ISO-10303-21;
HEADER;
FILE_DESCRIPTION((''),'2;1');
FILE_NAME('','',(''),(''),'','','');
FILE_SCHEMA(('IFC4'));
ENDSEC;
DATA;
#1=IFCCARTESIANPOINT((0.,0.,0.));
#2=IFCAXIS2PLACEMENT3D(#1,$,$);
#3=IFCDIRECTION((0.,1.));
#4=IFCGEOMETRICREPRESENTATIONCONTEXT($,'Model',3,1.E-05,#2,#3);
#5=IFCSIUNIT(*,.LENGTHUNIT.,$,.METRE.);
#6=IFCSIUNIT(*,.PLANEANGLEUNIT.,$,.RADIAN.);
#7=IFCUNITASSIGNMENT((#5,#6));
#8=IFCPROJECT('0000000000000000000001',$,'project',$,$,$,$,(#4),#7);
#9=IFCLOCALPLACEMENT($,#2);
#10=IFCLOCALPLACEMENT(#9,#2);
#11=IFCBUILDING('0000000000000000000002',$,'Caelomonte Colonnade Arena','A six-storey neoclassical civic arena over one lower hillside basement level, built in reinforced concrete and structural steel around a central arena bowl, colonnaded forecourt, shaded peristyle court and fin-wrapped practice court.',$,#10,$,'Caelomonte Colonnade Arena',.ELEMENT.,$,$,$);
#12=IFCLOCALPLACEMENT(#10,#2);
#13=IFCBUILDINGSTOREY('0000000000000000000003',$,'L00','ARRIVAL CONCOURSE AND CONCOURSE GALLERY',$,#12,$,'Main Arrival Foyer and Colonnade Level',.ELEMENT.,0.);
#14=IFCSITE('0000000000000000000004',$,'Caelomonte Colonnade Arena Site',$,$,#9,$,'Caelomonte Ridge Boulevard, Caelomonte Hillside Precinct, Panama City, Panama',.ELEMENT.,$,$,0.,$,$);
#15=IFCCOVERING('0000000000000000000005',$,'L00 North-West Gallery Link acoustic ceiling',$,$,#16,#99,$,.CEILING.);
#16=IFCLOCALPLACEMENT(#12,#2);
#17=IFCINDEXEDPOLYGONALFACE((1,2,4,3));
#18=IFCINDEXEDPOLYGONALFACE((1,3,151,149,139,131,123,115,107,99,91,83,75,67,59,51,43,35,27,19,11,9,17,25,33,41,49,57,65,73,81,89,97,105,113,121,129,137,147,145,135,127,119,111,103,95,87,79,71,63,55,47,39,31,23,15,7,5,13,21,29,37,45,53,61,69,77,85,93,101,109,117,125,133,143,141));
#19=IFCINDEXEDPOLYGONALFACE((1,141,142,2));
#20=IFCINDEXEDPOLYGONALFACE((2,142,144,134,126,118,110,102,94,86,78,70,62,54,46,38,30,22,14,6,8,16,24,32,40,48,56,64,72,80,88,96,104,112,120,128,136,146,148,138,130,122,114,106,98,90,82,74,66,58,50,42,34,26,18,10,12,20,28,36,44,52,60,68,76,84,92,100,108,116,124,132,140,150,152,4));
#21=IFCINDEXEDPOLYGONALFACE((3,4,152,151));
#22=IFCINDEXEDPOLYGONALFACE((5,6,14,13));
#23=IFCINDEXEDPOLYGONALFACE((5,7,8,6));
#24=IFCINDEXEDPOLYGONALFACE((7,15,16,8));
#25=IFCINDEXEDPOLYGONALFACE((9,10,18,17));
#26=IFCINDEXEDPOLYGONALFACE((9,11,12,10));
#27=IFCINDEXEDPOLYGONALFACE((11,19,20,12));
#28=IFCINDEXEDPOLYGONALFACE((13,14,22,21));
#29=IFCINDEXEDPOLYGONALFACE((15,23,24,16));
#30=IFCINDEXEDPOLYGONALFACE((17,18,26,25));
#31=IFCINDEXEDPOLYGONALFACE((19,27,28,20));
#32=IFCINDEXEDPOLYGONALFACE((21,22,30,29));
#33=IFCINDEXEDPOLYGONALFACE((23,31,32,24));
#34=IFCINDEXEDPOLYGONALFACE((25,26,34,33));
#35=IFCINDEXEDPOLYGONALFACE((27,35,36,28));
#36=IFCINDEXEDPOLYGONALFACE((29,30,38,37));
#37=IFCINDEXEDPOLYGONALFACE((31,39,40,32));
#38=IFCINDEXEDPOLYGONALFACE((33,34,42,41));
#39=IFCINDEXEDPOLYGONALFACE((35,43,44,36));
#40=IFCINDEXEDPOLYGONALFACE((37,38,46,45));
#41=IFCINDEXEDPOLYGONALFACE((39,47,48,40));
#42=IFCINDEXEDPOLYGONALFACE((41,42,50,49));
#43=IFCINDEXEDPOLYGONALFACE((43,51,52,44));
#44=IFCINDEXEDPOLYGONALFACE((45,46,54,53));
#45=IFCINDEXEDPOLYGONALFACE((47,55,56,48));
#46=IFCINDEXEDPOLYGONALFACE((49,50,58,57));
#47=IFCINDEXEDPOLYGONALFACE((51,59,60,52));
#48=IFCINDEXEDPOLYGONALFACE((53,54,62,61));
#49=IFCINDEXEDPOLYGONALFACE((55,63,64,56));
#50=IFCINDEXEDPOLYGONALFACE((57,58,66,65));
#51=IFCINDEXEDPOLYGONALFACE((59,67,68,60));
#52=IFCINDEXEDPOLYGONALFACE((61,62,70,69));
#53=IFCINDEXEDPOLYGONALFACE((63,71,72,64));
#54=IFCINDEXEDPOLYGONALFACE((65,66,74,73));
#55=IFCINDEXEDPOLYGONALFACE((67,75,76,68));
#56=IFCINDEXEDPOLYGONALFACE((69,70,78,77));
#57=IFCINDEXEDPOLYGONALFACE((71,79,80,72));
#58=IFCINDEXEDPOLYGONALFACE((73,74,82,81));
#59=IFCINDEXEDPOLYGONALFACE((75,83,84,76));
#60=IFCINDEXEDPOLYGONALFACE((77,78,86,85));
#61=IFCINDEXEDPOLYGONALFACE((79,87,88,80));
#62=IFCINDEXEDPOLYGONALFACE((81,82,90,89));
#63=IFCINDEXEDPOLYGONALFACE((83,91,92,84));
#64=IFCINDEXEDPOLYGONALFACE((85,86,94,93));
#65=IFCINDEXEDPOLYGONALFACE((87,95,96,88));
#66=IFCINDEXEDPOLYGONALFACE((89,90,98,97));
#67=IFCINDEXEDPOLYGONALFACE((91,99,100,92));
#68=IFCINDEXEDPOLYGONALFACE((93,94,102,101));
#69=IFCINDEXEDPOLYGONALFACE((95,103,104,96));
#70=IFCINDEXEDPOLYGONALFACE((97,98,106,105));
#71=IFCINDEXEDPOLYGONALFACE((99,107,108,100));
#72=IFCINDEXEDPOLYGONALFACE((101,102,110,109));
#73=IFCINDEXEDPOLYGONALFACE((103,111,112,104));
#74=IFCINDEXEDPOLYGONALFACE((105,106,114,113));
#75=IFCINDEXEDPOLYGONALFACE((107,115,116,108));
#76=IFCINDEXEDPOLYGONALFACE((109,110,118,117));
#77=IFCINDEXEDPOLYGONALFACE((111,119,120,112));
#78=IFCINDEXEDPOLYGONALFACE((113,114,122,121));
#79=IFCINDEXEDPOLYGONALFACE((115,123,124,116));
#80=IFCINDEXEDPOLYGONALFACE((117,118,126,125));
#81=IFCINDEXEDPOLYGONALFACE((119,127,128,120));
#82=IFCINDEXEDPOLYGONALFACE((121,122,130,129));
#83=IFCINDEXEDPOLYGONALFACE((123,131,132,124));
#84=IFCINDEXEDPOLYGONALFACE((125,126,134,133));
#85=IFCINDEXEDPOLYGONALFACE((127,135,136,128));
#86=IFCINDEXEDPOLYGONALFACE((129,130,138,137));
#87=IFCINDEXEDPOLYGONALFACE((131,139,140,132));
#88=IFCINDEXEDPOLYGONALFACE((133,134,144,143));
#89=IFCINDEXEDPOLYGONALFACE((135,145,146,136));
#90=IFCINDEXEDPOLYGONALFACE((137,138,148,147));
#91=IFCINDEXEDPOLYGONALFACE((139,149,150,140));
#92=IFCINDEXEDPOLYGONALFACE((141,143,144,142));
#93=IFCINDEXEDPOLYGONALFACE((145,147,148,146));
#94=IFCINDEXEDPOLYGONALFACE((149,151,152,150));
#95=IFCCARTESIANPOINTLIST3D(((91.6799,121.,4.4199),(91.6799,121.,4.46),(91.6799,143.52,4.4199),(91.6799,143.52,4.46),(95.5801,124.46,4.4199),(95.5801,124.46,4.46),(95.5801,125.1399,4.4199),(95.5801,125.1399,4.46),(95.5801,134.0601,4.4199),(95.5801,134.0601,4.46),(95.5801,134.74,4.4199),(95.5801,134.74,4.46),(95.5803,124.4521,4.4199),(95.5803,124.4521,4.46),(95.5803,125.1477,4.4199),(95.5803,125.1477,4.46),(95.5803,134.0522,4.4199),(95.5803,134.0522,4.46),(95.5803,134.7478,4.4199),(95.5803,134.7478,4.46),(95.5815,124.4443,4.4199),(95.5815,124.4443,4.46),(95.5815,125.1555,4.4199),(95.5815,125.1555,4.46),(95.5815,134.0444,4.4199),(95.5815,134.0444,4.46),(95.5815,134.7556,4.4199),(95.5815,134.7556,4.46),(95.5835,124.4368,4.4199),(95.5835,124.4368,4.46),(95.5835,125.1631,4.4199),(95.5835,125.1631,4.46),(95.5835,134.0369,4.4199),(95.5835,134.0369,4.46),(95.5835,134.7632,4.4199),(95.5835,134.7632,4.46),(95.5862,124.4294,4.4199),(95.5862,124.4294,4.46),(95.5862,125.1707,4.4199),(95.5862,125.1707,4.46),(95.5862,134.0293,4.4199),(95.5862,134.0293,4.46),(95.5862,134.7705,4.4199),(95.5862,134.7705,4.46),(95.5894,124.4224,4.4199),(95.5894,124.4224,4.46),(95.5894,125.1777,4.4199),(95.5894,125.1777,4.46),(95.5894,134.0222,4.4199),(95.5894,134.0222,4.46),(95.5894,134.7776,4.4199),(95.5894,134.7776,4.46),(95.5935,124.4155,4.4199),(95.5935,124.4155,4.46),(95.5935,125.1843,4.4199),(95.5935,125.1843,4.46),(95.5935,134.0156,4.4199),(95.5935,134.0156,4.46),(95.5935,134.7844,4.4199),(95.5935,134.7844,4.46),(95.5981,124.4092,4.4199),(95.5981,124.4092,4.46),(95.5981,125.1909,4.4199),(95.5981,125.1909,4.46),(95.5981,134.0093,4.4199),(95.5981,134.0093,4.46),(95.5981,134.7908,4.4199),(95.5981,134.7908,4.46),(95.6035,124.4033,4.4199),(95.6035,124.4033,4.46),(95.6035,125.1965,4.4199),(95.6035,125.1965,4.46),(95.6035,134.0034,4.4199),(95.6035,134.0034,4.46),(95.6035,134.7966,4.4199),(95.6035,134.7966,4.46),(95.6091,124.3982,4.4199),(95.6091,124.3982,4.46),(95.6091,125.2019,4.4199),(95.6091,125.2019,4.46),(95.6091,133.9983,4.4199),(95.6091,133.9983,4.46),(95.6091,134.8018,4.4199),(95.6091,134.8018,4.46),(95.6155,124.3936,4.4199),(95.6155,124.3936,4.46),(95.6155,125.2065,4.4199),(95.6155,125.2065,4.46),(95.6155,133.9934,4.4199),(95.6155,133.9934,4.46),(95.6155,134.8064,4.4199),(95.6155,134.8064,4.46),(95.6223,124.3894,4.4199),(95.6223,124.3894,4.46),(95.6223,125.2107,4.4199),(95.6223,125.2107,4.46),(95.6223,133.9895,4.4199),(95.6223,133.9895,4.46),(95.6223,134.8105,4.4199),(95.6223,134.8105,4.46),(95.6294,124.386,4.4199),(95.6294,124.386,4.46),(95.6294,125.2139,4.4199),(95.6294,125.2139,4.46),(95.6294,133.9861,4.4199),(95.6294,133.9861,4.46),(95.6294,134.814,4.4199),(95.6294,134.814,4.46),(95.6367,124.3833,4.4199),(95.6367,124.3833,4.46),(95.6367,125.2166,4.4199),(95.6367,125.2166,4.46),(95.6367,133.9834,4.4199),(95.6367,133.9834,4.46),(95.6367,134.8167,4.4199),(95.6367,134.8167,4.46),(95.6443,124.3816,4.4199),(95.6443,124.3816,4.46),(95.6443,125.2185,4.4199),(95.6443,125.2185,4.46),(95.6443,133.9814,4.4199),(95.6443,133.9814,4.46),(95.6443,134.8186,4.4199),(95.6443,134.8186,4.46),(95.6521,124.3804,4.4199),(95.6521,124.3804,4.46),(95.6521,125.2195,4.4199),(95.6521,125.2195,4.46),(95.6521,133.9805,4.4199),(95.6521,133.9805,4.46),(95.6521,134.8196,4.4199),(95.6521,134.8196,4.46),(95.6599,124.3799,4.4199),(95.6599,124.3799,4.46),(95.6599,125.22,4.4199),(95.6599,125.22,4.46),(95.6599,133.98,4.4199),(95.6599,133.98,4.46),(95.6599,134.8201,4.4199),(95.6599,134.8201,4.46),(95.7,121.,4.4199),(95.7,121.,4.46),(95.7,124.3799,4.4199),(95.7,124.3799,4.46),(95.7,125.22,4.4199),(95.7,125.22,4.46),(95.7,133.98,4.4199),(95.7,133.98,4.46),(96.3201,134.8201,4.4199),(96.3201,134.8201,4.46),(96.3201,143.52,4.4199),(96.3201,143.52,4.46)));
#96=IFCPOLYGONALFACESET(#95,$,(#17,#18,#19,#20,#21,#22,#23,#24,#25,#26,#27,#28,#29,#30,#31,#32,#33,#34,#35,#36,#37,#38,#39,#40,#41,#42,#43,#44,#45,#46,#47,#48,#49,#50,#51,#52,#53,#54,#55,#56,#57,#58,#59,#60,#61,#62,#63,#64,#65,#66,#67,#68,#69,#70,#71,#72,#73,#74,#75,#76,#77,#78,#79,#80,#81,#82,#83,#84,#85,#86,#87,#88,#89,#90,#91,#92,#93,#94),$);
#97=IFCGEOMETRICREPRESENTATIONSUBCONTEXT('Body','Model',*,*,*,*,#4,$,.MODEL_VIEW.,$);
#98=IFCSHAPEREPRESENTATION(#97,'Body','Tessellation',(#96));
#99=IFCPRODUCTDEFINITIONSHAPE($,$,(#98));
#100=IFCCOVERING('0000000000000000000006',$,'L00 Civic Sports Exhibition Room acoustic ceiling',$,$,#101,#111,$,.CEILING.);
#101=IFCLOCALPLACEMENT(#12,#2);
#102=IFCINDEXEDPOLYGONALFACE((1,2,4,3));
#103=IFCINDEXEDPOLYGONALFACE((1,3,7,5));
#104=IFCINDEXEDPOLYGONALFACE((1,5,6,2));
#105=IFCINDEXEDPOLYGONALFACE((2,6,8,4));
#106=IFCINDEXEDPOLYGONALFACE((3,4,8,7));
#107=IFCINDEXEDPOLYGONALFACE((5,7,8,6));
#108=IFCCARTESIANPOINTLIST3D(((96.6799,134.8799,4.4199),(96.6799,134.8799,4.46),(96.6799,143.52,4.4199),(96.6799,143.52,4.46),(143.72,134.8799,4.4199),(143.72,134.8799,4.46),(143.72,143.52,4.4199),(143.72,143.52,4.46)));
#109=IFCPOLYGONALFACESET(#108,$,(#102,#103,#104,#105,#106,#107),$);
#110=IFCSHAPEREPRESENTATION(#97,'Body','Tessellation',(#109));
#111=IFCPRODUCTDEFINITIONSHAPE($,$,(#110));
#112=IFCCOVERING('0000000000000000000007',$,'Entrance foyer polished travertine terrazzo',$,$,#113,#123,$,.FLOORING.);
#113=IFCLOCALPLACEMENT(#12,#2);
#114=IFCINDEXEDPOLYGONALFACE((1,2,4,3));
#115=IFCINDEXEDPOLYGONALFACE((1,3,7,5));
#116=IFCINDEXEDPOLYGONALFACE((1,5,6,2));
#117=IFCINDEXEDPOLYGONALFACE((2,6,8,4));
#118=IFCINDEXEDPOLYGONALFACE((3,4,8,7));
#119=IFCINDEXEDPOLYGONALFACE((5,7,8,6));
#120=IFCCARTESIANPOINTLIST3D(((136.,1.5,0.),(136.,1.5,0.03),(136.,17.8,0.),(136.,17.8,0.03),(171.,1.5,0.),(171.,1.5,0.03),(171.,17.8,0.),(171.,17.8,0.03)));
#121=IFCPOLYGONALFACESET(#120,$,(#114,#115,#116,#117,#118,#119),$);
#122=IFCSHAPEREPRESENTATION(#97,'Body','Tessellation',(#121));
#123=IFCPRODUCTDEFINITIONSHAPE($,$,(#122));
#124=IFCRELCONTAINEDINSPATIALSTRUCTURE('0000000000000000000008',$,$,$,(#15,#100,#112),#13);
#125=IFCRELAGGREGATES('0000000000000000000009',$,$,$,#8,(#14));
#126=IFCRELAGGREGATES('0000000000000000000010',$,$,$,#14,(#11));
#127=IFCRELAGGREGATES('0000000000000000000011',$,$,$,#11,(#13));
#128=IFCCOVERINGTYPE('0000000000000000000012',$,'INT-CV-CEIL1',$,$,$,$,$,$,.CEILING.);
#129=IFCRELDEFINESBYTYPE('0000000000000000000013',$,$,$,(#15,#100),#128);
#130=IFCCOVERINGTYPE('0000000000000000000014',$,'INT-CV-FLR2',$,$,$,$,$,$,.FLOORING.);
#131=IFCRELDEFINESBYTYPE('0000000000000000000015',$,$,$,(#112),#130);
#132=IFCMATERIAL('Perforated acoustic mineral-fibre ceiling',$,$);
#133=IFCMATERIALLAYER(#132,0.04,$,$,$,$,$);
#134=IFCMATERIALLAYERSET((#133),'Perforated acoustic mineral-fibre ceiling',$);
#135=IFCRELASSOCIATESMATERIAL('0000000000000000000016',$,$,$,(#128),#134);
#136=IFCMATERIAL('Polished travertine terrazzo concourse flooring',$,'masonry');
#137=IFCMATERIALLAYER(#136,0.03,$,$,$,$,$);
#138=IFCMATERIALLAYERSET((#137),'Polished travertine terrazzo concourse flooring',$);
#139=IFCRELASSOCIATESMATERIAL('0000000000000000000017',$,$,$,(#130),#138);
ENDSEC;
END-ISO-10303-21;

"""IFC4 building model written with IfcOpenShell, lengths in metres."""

from ifc_helpers import new_model, si_unit, direction, frame, origin, place, context, subcontext, project, spatial, polyline, outline, extrude, material, layer, layer_set, type_object, element, save


model = new_model("IFC4")

# Units and contexts
model_context = context("Model", 3, precision=1e-05, world=origin(), true_north=direction((0.0, 1.0)))
body_context = subcontext(model_context, "Body", "Model", "MODEL_VIEW")
ifc_project = project(units=[si_unit("LENGTHUNIT", "METRE"), si_unit("PLANEANGLEUNIT", "RADIAN")], contexts=[model_context])

# Site, building, storey
site_placement = place(None, origin())
site = spatial("IfcSite", under=ifc_project, at=site_placement, Name="Caelomonte Colonnade Arena Site", LongName="Caelomonte Ridge Boulevard, Caelomonte Hillside Precinct, Panama City, Panama", CompositionType="ELEMENT", RefElevation=0.0)
building_placement = place(site_placement, origin())
building = spatial("IfcBuilding", under=site, at=building_placement, Name="Caelomonte Colonnade Arena", Description="A six-storey neoclassical civic arena over one lower hillside basement level, built in reinforced concrete and structural steel around a central arena bowl, colonnaded forecourt, shaded peristyle court and fin-wrapped practice court.", LongName="Caelomonte Colonnade Arena", CompositionType="ELEMENT")
storey_placement = place(building_placement, origin())
storey = spatial("IfcBuildingStorey", under=building, at=storey_placement, Name="L00", Description="ARRIVAL CONCOURSE AND CONCOURSE GALLERY", LongName="Main Arrival Foyer and Colonnade Level", CompositionType="ELEMENT", Elevation=0.0)

# Coverings
ifc_material_1 = material(Name="Perforated acoustic mineral-fibre ceiling")
ifc_layer_1 = layer(ifc_material_1, 0.04)
ifc_layer_set_1 = layer_set([ifc_layer_1], Name="Perforated acoustic mineral-fibre ceiling")
covering_type_1 = type_object("IfcCoveringType", Name="INT-CV-CEIL1", PredefinedType="CEILING", material=ifc_layer_set_1)
covering_1_placement = place(storey_placement, frame((0.0, 0.0, 4.4199)))
element("IfcCovering", 1, at=covering_1_placement, inside=storey, type_object=covering_type_1, Name="L00 North-West Gallery Link acoustic ceiling", PredefinedType="CEILING", context=body_context, shape_type="SweptSolid", body=[
    extrude(outline(polyline([(95.6599, 134.8201), (96.3201, 134.8201), (96.3201, 143.52), (91.6799, 143.52), (91.6799, 121.0), (95.7, 121.0), (95.7, 124.3799), (95.6599, 124.3799), (95.6521, 124.3804), (95.6443, 124.3816), (95.6367, 124.3833), (95.6294, 124.386), (95.6223, 124.3894), (95.6155, 124.3936), (95.6091, 124.3982), (95.6035, 124.4033), (95.5981, 124.4092), (95.5935, 124.4155), (95.5894, 124.4224), (95.5862, 124.4294), (95.5835, 124.4368), (95.5815, 124.4443), (95.5803, 124.4521), (95.5801, 124.46), (95.5801, 125.1399), (95.5803, 125.1477), (95.5815, 125.1555), (95.5835, 125.1631), (95.5862, 125.1707), (95.5894, 125.1777), (95.5935, 125.1843), (95.5981, 125.1909), (95.6035, 125.1965), (95.6091, 125.2019), (95.6155, 125.2065), (95.6223, 125.2107), (95.6294, 125.2139), (95.6367, 125.2166), (95.6443, 125.2185), (95.6521, 125.2195), (95.6599, 125.22), (95.7, 125.22), (95.7, 133.98), (95.6599, 133.98), (95.6521, 133.9805), (95.6443, 133.9814), (95.6367, 133.9834), (95.6294, 133.9861), (95.6223, 133.9895), (95.6155, 133.9934), (95.6091, 133.9983), (95.6035, 134.0034), (95.5981, 134.0093), (95.5935, 134.0156), (95.5894, 134.0222), (95.5862, 134.0293), (95.5835, 134.0369), (95.5815, 134.0444), (95.5803, 134.0522), (95.5801, 134.0601), (95.5801, 134.74), (95.5803, 134.7478), (95.5815, 134.7556), (95.5835, 134.7632), (95.5862, 134.7705), (95.5894, 134.7776), (95.5935, 134.7844), (95.5981, 134.7908), (95.6035, 134.7966), (95.6091, 134.8018), (95.6155, 134.8064), (95.6223, 134.8105), (95.6294, 134.814), (95.6367, 134.8167), (95.6443, 134.8186), (95.6521, 134.8196), (95.6599, 134.8201)])), origin(), (0.0, 0.0, 1.0), 0.04),
])
covering_2_placement = place(storey_placement, frame((0.0, 0.0, 4.4199)))
element("IfcCovering", 2, at=covering_2_placement, inside=storey, type_object=covering_type_1, Name="L00 Civic Sports Exhibition Room acoustic ceiling", PredefinedType="CEILING", context=body_context, shape_type="SweptSolid", body=[
    extrude(outline(polyline([(143.72, 143.52), (96.6799, 143.52), (96.6799, 134.8799), (143.72, 134.8799), (143.72, 143.52)])), origin(), (0.0, 0.0, 1.0), 0.04),
])
ifc_material_2 = material(Name="Polished travertine terrazzo concourse flooring", Category="masonry")
ifc_layer_2 = layer(ifc_material_2, 0.03)
ifc_layer_set_2 = layer_set([ifc_layer_2], Name="Polished travertine terrazzo concourse flooring")
covering_type_2 = type_object("IfcCoveringType", Name="INT-CV-FLR2", PredefinedType="FLOORING", material=ifc_layer_set_2)
covering_3_placement = place(storey_placement, origin())
element("IfcCovering", 3, at=covering_3_placement, inside=storey, type_object=covering_type_2, Name="Entrance foyer polished travertine terrazzo", PredefinedType="FLOORING", context=body_context, shape_type="SweptSolid", body=[
    extrude(outline(polyline([(136.0, 1.5), (171.0, 1.5), (171.0, 17.8), (136.0, 17.8), (136.0, 1.5)])), origin(), (0.0, 0.0, 1.0), 0.03),
])

save(model, "model.ifc")
